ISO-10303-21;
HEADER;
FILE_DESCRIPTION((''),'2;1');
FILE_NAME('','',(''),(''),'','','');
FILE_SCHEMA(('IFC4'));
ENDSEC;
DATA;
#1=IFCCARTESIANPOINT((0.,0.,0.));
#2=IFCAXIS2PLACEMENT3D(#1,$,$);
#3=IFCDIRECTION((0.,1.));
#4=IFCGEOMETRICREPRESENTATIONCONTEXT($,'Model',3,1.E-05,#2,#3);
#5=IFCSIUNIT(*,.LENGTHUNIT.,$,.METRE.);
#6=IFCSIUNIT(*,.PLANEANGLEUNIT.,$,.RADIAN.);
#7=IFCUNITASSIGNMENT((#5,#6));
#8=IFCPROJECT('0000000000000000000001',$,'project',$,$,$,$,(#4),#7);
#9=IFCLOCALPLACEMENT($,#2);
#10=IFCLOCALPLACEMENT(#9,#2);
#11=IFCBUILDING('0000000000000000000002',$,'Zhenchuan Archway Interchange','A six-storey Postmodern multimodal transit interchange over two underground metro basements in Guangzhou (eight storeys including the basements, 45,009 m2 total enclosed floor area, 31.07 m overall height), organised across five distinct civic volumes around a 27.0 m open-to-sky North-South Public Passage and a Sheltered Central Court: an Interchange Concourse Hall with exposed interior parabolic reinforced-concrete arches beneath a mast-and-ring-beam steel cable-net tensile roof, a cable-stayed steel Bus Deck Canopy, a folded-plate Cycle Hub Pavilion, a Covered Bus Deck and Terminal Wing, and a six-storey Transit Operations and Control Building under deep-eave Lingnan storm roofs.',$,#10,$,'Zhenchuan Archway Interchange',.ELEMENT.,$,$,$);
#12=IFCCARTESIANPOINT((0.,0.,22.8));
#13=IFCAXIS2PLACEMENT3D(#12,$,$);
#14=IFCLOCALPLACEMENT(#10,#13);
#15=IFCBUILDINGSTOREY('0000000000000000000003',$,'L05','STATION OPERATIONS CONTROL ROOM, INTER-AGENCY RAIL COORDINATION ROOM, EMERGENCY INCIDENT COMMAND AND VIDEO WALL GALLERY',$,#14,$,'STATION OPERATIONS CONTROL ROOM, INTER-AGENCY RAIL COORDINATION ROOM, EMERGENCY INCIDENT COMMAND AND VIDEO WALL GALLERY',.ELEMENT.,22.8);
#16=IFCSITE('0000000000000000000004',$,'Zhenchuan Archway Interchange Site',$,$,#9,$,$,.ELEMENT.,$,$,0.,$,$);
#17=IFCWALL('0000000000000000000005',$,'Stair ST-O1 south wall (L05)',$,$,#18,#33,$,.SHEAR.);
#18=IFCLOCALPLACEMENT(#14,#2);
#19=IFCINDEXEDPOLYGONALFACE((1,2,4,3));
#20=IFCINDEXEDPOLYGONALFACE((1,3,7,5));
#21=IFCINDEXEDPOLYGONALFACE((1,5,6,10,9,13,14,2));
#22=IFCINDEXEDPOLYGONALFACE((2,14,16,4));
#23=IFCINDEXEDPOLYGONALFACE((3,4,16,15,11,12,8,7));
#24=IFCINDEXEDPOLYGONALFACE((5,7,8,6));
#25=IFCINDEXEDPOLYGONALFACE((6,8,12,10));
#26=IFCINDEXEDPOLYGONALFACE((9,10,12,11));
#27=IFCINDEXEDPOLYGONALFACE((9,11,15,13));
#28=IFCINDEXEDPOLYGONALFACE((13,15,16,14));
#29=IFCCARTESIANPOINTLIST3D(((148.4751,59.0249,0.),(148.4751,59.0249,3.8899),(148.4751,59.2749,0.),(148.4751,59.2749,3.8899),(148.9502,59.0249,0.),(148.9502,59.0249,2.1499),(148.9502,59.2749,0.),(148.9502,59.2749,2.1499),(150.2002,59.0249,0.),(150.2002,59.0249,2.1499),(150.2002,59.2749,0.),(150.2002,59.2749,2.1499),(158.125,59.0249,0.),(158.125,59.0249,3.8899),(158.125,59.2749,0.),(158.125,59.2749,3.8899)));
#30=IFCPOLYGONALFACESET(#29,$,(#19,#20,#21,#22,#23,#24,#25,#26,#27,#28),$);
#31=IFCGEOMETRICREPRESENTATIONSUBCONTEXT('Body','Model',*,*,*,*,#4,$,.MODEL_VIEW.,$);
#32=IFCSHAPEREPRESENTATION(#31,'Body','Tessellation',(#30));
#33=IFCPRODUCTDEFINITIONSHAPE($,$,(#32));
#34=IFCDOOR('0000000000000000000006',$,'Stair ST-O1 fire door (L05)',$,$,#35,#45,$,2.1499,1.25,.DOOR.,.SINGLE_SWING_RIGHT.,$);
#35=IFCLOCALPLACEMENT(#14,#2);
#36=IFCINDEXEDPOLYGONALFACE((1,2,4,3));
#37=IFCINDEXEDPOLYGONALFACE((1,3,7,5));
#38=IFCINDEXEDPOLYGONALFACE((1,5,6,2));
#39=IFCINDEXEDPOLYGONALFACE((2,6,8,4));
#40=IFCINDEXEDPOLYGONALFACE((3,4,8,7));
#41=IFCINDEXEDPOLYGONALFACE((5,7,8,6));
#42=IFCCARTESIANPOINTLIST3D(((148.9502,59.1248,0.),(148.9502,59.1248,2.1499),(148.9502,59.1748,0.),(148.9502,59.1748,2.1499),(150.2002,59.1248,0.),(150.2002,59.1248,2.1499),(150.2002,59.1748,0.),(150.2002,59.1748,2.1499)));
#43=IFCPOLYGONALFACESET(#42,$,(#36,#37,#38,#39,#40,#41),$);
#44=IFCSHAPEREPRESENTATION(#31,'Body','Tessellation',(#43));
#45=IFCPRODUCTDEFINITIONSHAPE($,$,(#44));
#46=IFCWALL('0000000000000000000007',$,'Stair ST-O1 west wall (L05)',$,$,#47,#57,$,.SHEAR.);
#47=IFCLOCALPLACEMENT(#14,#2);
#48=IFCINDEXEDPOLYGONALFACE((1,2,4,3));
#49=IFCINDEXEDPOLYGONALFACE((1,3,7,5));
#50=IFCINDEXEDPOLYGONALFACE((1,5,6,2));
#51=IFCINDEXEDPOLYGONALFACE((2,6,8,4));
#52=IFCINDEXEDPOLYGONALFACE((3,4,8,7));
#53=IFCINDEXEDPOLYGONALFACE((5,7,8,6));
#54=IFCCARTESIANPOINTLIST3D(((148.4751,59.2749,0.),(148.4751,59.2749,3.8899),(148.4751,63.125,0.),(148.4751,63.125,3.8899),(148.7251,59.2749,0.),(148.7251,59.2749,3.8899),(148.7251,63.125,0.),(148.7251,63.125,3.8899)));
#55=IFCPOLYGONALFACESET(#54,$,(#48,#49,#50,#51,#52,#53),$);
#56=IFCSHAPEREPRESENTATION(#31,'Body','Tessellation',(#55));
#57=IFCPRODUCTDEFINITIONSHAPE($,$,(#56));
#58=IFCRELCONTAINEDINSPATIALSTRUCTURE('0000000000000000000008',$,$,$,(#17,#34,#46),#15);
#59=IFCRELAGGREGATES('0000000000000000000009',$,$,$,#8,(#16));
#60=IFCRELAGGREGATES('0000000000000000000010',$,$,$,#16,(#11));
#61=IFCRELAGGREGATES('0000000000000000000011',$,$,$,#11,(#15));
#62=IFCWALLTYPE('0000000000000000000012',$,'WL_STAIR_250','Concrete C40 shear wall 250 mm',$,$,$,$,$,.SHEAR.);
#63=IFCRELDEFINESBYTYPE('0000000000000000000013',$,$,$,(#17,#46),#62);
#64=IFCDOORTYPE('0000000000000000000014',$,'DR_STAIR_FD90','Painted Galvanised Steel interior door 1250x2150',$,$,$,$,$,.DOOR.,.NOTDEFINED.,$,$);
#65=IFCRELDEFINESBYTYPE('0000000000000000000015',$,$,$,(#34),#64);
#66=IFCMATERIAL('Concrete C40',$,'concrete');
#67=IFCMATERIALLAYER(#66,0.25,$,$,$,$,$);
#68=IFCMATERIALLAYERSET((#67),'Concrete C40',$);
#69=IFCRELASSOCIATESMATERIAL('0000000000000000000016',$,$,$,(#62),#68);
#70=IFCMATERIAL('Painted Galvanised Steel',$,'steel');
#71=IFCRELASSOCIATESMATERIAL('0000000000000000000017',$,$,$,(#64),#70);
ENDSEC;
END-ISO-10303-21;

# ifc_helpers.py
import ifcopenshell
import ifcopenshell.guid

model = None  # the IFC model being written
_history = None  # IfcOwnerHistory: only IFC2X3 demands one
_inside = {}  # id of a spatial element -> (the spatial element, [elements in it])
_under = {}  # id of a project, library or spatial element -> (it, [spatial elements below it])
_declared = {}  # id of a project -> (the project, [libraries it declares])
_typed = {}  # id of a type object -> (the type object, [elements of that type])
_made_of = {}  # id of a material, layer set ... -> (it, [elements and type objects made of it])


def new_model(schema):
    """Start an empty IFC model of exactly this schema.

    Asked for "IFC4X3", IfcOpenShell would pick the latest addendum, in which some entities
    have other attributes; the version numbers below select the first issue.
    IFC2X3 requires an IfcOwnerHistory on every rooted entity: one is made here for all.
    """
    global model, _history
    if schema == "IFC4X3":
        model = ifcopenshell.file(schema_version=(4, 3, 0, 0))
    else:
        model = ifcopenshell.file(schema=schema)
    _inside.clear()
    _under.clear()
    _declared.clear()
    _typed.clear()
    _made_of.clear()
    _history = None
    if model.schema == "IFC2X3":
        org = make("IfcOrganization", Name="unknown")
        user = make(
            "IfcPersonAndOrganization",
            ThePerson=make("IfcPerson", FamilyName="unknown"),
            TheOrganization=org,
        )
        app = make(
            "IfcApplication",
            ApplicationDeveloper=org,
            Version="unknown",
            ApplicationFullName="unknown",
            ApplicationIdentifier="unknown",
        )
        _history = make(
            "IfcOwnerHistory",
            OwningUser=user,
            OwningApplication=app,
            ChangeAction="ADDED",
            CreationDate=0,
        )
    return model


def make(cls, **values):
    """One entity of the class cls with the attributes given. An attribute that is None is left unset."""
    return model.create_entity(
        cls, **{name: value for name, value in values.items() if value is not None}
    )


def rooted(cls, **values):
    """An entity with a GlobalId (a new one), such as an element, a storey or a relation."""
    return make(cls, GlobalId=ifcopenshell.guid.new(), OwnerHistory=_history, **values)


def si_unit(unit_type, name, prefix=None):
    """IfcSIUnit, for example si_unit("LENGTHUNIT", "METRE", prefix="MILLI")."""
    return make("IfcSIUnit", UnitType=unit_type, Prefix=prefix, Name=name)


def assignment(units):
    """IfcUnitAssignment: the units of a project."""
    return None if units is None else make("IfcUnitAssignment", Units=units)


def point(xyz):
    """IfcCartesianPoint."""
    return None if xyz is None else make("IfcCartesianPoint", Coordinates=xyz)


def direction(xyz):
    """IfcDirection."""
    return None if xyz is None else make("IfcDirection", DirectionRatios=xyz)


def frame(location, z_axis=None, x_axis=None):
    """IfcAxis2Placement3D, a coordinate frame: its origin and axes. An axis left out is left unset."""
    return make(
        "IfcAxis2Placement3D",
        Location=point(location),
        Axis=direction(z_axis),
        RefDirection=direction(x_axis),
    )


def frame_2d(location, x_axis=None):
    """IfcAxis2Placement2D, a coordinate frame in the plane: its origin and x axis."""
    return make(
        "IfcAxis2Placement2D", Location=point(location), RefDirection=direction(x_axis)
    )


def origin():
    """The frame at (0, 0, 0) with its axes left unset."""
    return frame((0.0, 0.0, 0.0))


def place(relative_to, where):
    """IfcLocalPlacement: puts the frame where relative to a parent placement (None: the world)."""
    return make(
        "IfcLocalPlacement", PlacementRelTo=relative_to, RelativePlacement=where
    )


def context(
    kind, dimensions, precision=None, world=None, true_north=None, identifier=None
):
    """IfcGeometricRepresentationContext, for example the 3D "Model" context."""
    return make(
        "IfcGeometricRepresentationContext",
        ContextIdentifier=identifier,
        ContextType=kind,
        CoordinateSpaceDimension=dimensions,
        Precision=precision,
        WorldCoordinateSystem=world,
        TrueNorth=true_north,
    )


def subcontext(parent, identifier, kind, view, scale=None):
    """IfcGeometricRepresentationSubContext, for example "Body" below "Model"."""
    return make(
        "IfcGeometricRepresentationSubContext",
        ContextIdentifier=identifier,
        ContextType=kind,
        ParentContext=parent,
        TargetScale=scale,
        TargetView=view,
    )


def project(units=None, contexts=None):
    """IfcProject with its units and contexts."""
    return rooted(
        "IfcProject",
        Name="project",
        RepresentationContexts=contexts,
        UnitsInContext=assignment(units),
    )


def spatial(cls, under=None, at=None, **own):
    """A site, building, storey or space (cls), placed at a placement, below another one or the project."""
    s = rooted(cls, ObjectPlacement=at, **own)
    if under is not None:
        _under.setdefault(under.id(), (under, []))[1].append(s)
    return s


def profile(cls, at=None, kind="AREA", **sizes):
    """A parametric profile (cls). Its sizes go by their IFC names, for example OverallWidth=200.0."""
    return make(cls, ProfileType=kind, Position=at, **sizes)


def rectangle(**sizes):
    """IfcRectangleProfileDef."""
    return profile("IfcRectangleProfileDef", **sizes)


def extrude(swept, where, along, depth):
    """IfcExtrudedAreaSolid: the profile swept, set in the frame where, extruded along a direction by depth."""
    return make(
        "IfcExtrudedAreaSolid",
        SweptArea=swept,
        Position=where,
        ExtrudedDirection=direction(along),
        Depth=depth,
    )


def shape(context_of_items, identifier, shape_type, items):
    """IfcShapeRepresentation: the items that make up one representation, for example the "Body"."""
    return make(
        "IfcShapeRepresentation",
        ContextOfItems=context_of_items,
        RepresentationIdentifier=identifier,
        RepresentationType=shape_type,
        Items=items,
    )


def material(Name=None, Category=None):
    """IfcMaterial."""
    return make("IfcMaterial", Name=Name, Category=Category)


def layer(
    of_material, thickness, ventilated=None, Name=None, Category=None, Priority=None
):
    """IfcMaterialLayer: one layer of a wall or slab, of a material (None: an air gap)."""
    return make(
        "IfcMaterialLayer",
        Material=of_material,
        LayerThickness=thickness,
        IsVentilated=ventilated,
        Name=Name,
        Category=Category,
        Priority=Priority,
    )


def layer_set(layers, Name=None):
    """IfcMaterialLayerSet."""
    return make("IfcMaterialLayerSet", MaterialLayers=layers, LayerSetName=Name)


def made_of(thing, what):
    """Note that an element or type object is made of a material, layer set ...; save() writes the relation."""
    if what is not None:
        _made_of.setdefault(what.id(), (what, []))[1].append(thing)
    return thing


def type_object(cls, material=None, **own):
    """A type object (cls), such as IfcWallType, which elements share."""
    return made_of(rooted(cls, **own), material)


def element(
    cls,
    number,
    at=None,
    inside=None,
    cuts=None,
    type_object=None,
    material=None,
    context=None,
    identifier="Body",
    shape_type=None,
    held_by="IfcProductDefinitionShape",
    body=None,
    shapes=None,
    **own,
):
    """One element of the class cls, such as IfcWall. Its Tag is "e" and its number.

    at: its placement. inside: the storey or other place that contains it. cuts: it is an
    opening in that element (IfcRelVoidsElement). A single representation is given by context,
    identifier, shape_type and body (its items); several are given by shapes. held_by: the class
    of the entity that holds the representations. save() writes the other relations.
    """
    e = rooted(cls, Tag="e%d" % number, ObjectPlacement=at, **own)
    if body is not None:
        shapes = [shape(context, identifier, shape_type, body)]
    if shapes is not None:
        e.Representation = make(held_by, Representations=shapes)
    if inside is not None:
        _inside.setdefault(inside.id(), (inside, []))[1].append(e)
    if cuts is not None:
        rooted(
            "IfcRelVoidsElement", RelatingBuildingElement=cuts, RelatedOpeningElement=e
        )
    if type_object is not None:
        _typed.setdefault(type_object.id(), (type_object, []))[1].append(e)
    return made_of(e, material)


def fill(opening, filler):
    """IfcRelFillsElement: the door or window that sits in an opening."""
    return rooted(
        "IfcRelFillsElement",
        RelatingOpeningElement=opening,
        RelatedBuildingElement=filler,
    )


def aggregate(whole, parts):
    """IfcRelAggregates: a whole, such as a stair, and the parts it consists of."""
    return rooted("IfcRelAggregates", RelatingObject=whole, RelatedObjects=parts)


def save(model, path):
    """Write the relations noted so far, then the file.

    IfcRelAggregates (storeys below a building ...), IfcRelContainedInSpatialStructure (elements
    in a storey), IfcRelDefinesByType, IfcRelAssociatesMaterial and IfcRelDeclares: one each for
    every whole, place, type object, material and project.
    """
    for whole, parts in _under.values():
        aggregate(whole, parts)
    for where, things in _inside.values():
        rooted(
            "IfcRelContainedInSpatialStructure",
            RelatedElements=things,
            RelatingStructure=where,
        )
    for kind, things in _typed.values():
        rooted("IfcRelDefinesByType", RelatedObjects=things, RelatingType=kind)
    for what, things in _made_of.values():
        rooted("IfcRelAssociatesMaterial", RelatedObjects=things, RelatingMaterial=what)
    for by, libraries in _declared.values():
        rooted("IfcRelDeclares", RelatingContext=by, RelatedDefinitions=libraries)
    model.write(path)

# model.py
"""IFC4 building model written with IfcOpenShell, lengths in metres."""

from ifc_helpers import new_model, si_unit, direction, frame, frame_2d, origin, place, context, subcontext, project, spatial, rectangle, extrude, material, layer, layer_set, type_object, element, fill, save


model = new_model("IFC4")

# Units and contexts
model_context = context("Model", 3, precision=1e-05, world=origin(), true_north=direction((0.0, 1.0)))
body_context = subcontext(model_context, "Body", "Model", "MODEL_VIEW")
ifc_project = project(units=[si_unit("LENGTHUNIT", "METRE"), si_unit("PLANEANGLEUNIT", "RADIAN")], contexts=[model_context])

# Site, building, storey
site_placement = place(None, origin())
site = spatial("IfcSite", under=ifc_project, at=site_placement, Name="Zhenchuan Archway Interchange Site", CompositionType="ELEMENT", RefElevation=0.0)
building_placement = place(site_placement, origin())
building = spatial("IfcBuilding", under=site, at=building_placement, Name="Zhenchuan Archway Interchange", Description="A six-storey Postmodern multimodal transit interchange over two underground metro basements in Guangzhou (eight storeys including the basements, 45,009 m2 total enclosed floor area, 31.07 m overall height), organised across five distinct civic volumes around a 27.0 m open-to-sky North-South Public Passage and a Sheltered Central Court: an Interchange Concourse Hall with exposed interior parabolic reinforced-concrete arches beneath a mast-and-ring-beam steel cable-net tensile roof, a cable-stayed steel Bus Deck Canopy, a folded-plate Cycle Hub Pavilion, a Covered Bus Deck and Terminal Wing, and a six-storey Transit Operations and Control Building under deep-eave Lingnan storm roofs.", LongName="Zhenchuan Archway Interchange", CompositionType="ELEMENT")
storey_placement = place(building_placement, frame((0.0, 0.0, 22.8)))
storey = spatial("IfcBuildingStorey", under=building, at=storey_placement, Name="L05", Description="STATION OPERATIONS CONTROL ROOM, INTER-AGENCY RAIL COORDINATION ROOM, EMERGENCY INCIDENT COMMAND AND VIDEO WALL GALLERY", LongName="STATION OPERATIONS CONTROL ROOM, INTER-AGENCY RAIL COORDINATION ROOM, EMERGENCY INCIDENT COMMAND AND VIDEO WALL GALLERY", CompositionType="ELEMENT", Elevation=22.8)

# Shared definitions
ifc_material_1 = material(Name="Concrete C40", Category="concrete")

# Wall, opening, door
ifc_layer_1 = layer(ifc_material_1, 0.25)
ifc_layer_set_1 = layer_set([ifc_layer_1], Name="Concrete C40")
wall_type_1 = type_object("IfcWallType", Name="WL_STAIR_250", Description="Concrete C40 shear wall 250 mm", PredefinedType="SHEAR", material=ifc_layer_set_1)
wall_1_placement = place(storey_placement, frame((148.4751, 59.1499, 0.0), z_axis=(0.0, 0.0, 1.0), x_axis=(1.0, 0.0, 0.0)))
wall_1 = element("IfcWall", 1, at=wall_1_placement, inside=storey, type_object=wall_type_1, Name="Stair ST-O1 south wall (L05)", PredefinedType="SHEAR", context=body_context, shape_type="SweptSolid", body=[
    extrude(rectangle(XDim=9.6499, YDim=0.25, at=frame_2d((4.825, 0.0))), origin(), (0.0, 0.0, 1.0), 3.8899),
])
opening_1_placement = place(wall_1_placement, frame((0.4751, 0.0, 0.0)))
opening_1 = element("IfcOpeningElement", 2, at=opening_1_placement, cuts=wall_1, PredefinedType="OPENING", context=body_context, shape_type="SweptSolid", body=[
    extrude(rectangle(XDim=1.25, YDim=2.1499, at=frame_2d((0.625, 1.075))), frame((0.0, 0.137, 0.0), z_axis=(0.0, -1.0, 0.0), x_axis=(1.0, 0.0, 0.0)), (0.0, 0.0, 1.0), 0.2739),
])
ifc_material_2 = material(Name="Painted Galvanised Steel", Category="steel")
door_type_1 = type_object("IfcDoorType", Name="DR_STAIR_FD90", Description="Painted Galvanised Steel interior door 1250x2150", OperationType="NOTDEFINED", PredefinedType="DOOR", material=ifc_material_2)
door_1_placement = place(opening_1_placement, origin())
door_1 = element("IfcDoor", 3, at=door_1_placement, inside=storey, type_object=door_type_1, Name="Stair ST-O1 fire door (L05)", OperationType="SINGLE_SWING_RIGHT", OverallHeight=2.1499, OverallWidth=1.25, PredefinedType="DOOR", context=body_context, shape_type="SweptSolid", body=[
    extrude(rectangle(XDim=1.25, YDim=2.1499, at=frame_2d((0.625, 1.075))), frame((0.0, 0.0249, 0.0), z_axis=(0.0, -1.0, 0.0), x_axis=(1.0, 0.0, 0.0)), (0.0, 0.0, 1.0), 0.05),
])
fill(opening_1, door_1)

# Wall
wall_2_placement = place(storey_placement, frame((148.6001, 63.125, 0.0), z_axis=(0.0, 0.0, 1.0), x_axis=(0.0, -1.0, 0.0)))
element("IfcWall", 4, at=wall_2_placement, inside=storey, type_object=wall_type_1, Name="Stair ST-O1 west wall (L05)", PredefinedType="SHEAR", context=body_context, shape_type="SweptSolid", body=[
    extrude(rectangle(XDim=3.8501, YDim=0.25, at=frame_2d((1.925, 0.0))), origin(), (0.0, 0.0, 1.0), 3.8899),
])

save(model, "model.ifc")
